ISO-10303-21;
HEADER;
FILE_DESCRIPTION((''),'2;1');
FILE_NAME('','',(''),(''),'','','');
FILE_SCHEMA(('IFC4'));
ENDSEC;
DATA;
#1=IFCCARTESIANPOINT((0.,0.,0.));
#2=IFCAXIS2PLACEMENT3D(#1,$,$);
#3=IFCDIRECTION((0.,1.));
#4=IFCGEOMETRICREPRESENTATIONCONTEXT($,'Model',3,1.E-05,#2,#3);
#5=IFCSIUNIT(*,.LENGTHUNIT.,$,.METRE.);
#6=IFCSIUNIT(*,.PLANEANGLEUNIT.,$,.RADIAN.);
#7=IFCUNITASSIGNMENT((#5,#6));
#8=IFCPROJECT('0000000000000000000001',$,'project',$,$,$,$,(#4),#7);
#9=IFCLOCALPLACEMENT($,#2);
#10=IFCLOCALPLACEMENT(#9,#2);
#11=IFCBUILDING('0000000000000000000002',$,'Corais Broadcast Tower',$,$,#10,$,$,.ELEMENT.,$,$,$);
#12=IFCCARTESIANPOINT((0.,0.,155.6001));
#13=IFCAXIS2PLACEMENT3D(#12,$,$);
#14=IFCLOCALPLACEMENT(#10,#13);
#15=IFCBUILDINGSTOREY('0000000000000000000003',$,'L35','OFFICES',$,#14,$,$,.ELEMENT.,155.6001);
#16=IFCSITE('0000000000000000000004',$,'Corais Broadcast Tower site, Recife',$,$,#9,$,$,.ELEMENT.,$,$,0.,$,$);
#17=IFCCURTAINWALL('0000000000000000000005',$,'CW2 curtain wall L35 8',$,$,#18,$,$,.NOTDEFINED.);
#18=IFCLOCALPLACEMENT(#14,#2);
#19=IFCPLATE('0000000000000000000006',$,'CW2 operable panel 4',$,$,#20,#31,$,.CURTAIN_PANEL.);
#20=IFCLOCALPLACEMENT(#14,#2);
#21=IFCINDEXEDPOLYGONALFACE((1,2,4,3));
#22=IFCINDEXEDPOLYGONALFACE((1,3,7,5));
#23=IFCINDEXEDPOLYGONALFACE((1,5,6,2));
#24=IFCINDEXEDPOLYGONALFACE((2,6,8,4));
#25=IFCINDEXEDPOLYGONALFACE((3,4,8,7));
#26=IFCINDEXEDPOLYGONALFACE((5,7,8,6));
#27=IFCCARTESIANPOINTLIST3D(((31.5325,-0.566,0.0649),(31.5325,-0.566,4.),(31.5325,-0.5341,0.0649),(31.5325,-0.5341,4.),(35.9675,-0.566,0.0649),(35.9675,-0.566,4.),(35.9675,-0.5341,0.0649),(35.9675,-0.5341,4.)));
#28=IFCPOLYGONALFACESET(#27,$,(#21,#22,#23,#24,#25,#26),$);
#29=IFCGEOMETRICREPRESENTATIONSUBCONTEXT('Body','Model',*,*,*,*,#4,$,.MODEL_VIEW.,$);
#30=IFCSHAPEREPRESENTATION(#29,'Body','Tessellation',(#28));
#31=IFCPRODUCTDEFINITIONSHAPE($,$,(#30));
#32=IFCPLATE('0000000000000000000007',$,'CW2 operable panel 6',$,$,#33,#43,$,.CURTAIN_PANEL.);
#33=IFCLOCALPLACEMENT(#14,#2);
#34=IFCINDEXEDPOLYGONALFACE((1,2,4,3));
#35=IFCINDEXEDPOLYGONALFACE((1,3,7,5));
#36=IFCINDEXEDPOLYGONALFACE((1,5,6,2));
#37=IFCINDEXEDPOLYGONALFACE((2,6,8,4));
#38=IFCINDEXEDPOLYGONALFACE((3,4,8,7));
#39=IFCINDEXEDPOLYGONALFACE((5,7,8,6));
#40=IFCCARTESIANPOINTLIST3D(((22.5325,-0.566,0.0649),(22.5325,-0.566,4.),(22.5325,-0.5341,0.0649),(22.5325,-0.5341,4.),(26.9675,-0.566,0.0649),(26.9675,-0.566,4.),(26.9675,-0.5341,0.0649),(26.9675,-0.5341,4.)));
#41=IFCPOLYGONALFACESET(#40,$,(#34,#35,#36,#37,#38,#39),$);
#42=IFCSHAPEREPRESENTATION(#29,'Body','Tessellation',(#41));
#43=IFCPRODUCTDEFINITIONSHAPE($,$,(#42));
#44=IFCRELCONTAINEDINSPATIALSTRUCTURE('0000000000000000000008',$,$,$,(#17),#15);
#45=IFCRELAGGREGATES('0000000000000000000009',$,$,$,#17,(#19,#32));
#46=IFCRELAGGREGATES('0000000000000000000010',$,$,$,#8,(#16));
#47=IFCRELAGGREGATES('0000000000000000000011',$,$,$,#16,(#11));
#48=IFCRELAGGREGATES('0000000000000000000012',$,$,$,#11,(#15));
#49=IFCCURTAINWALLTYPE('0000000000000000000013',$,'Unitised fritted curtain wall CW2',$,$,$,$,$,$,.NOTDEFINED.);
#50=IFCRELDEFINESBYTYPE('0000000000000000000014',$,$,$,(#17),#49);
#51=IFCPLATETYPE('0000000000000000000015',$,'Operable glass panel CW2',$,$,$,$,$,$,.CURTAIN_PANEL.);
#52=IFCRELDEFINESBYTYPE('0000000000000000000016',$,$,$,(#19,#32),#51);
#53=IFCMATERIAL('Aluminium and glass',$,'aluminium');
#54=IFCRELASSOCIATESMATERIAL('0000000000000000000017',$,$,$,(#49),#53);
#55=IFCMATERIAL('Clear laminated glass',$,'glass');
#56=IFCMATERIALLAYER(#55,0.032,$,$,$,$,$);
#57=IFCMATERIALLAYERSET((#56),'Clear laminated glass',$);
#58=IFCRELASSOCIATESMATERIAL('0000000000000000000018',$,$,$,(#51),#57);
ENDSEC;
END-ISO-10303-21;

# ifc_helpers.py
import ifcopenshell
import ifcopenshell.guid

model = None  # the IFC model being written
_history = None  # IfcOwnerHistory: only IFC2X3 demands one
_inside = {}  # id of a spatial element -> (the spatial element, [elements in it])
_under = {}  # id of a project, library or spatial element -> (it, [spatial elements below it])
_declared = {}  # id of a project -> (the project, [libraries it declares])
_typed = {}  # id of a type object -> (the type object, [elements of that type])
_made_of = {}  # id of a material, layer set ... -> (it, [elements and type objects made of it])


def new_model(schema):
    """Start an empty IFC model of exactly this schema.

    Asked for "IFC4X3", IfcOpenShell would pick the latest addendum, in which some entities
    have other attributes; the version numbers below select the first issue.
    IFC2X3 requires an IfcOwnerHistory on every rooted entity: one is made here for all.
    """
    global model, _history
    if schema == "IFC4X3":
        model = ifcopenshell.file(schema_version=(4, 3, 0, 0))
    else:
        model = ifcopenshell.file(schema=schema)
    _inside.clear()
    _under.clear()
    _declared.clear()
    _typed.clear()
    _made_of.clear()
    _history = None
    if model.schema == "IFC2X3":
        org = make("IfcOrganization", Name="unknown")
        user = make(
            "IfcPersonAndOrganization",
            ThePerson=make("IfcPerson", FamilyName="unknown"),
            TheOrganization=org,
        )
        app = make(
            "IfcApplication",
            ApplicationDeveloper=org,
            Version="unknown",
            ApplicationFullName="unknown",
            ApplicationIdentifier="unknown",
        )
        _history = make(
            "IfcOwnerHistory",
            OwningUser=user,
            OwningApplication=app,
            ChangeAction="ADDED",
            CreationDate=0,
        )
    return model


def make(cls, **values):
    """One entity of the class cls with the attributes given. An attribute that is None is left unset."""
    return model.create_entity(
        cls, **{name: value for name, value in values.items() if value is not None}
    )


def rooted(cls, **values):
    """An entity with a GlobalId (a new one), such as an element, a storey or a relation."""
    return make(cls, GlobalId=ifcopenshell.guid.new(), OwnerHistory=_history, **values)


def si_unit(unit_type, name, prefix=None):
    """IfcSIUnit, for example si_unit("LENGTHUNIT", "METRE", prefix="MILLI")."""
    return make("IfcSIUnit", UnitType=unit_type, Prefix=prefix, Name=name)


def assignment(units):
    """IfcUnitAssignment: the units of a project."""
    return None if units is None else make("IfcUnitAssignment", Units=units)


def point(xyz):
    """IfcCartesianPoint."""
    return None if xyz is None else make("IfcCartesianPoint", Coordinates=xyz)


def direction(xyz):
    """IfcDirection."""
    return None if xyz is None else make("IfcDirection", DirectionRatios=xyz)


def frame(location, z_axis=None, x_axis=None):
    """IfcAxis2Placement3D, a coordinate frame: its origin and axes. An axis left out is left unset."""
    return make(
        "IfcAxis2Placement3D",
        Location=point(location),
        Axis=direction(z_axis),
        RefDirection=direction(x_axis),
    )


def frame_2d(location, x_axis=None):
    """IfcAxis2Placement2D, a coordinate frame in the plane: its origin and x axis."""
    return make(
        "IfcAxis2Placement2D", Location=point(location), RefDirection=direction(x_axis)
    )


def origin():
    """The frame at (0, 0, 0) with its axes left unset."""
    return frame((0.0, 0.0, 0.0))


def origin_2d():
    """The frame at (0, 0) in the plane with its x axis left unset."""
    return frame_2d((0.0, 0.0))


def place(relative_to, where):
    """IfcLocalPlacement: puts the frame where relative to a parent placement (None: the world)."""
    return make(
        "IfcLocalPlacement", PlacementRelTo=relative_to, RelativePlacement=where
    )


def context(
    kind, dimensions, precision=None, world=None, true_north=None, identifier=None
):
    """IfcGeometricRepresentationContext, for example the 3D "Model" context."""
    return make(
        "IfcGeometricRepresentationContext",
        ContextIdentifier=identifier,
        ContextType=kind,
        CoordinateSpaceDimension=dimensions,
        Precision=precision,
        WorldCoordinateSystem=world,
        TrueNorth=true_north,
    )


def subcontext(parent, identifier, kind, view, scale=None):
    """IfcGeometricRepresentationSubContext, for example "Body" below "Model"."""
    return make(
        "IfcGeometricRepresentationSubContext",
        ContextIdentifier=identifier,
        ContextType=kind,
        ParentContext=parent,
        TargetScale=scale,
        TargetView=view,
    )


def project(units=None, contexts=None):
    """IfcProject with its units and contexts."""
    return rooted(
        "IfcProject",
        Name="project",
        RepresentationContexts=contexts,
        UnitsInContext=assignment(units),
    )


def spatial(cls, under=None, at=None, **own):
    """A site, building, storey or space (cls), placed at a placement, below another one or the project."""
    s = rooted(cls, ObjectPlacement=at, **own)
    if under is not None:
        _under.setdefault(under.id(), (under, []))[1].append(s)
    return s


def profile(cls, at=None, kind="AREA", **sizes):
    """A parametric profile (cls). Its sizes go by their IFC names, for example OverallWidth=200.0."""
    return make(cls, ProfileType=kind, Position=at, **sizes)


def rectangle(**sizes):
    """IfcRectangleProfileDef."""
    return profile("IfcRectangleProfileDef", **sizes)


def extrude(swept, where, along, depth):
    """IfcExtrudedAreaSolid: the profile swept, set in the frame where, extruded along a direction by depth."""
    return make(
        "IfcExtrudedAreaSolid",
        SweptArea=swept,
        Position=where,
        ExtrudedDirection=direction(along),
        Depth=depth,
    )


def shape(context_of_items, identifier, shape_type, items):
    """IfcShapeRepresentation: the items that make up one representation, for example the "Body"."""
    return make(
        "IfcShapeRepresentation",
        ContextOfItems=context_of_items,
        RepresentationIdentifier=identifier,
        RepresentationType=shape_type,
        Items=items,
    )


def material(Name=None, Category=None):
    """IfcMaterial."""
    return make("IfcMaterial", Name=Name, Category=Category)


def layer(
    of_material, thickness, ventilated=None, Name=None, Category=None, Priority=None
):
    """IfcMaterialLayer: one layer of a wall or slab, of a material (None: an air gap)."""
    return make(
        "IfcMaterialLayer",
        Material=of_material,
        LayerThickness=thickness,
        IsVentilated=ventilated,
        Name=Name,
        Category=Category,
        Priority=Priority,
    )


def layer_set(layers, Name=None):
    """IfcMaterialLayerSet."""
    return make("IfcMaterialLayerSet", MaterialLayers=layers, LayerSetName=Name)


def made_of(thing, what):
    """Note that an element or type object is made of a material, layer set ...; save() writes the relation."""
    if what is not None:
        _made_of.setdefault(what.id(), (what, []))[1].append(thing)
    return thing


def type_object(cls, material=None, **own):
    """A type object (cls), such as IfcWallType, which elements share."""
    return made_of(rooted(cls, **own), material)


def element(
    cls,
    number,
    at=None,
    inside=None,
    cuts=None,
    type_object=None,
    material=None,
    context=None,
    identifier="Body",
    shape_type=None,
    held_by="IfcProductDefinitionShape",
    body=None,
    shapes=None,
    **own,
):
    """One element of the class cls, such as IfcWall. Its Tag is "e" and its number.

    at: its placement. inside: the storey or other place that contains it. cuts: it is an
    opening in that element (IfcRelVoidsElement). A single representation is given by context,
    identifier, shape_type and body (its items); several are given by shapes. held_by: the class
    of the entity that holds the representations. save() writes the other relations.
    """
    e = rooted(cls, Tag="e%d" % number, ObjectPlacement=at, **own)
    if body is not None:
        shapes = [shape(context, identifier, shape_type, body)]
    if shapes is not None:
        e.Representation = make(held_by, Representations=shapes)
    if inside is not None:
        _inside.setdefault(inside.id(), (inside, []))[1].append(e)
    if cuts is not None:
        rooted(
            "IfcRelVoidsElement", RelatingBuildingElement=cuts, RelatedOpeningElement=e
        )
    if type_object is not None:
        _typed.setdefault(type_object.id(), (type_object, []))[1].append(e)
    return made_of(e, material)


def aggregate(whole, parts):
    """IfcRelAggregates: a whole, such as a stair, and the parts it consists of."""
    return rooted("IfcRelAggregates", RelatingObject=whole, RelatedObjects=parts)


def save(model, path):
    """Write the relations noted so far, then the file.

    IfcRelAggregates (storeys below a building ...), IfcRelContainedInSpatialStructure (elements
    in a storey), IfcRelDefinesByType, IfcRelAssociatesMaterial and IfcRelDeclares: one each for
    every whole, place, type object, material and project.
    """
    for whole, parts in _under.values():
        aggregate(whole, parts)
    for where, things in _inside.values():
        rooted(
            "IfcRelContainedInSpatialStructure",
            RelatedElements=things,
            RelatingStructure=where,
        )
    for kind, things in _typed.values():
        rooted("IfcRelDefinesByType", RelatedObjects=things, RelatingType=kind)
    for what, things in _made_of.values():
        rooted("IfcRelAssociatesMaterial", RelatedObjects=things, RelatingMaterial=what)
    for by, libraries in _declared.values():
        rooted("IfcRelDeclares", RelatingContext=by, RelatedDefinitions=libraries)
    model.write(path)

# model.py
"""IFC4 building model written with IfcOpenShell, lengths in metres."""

from ifc_helpers import new_model, si_unit, direction, frame, origin, origin_2d, place, context, subcontext, project, spatial, rectangle, extrude, material, layer, layer_set, type_object, element, aggregate, save


model = new_model("IFC4")

# Units and contexts
model_context = context("Model", 3, precision=1e-05, world=origin(), true_north=direction((0.0, 1.0)))
body_context = subcontext(model_context, "Body", "Model", "MODEL_VIEW")
ifc_project = project(units=[si_unit("LENGTHUNIT", "METRE"), si_unit("PLANEANGLEUNIT", "RADIAN")], contexts=[model_context])

# Site, building, storey
site_placement = place(None, origin())
site = spatial("IfcSite", under=ifc_project, at=site_placement, Name="Corais Broadcast Tower site, Recife", CompositionType="ELEMENT", RefElevation=0.0)
building_placement = place(site_placement, origin())
building = spatial("IfcBuilding", under=site, at=building_placement, Name="Corais Broadcast Tower", CompositionType="ELEMENT")
storey_placement = place(building_placement, frame((0.0, 0.0, 155.6001)))
storey = spatial("IfcBuildingStorey", under=building, at=storey_placement, Name="L35", Description="OFFICES", CompositionType="ELEMENT", Elevation=155.6001)

# Curtain wall
ifc_material_1 = material(Name="Aluminium and glass", Category="aluminium")
curtain_wall_type = type_object("IfcCurtainWallType", Name="Unitised fritted curtain wall CW2", PredefinedType="NOTDEFINED", material=ifc_material_1)
curtain_wall_placement = place(storey_placement, origin())
curtain_wall = element("IfcCurtainWall", 1, at=curtain_wall_placement, inside=storey, type_object=curtain_wall_type, Name="CW2 curtain wall L35 8", PredefinedType="NOTDEFINED")

# Plates
ifc_material_2 = material(Name="Clear laminated glass", Category="glass")
ifc_layer_1 = layer(ifc_material_2, 0.032)
ifc_layer_set_1 = layer_set([ifc_layer_1], Name="Clear laminated glass")
plate_type_1 = type_object("IfcPlateType", Name="Operable glass panel CW2", PredefinedType="CURTAIN_PANEL", material=ifc_layer_set_1)
plate_1_placement = place(storey_placement, frame((33.75, -0.55, 0.0649), z_axis=(0.0, 0.0, 1.0), x_axis=(-1.0, 0.0, 0.0)))
plate_1 = element("IfcPlate", 2, at=plate_1_placement, type_object=plate_type_1, Name="CW2 operable panel 4", PredefinedType="CURTAIN_PANEL", context=body_context, shape_type="SweptSolid", body=[
    extrude(rectangle(XDim=4.4351, YDim=0.032, at=origin_2d()), origin(), (0.0, 0.0, 1.0), 3.9351),
])
plate_2_placement = place(storey_placement, frame((24.75, -0.55, 0.0649), z_axis=(0.0, 0.0, 1.0), x_axis=(-1.0, 0.0, 0.0)))
plate_2 = element("IfcPlate", 3, at=plate_2_placement, type_object=plate_type_1, Name="CW2 operable panel 6", PredefinedType="CURTAIN_PANEL", context=body_context, shape_type="SweptSolid", body=[
    extrude(rectangle(XDim=4.4351, YDim=0.032, at=origin_2d()), origin(), (0.0, 0.0, 1.0), 3.9351),
])
aggregate(curtain_wall, [plate_1, plate_2])

save(model, "model.ifc")
